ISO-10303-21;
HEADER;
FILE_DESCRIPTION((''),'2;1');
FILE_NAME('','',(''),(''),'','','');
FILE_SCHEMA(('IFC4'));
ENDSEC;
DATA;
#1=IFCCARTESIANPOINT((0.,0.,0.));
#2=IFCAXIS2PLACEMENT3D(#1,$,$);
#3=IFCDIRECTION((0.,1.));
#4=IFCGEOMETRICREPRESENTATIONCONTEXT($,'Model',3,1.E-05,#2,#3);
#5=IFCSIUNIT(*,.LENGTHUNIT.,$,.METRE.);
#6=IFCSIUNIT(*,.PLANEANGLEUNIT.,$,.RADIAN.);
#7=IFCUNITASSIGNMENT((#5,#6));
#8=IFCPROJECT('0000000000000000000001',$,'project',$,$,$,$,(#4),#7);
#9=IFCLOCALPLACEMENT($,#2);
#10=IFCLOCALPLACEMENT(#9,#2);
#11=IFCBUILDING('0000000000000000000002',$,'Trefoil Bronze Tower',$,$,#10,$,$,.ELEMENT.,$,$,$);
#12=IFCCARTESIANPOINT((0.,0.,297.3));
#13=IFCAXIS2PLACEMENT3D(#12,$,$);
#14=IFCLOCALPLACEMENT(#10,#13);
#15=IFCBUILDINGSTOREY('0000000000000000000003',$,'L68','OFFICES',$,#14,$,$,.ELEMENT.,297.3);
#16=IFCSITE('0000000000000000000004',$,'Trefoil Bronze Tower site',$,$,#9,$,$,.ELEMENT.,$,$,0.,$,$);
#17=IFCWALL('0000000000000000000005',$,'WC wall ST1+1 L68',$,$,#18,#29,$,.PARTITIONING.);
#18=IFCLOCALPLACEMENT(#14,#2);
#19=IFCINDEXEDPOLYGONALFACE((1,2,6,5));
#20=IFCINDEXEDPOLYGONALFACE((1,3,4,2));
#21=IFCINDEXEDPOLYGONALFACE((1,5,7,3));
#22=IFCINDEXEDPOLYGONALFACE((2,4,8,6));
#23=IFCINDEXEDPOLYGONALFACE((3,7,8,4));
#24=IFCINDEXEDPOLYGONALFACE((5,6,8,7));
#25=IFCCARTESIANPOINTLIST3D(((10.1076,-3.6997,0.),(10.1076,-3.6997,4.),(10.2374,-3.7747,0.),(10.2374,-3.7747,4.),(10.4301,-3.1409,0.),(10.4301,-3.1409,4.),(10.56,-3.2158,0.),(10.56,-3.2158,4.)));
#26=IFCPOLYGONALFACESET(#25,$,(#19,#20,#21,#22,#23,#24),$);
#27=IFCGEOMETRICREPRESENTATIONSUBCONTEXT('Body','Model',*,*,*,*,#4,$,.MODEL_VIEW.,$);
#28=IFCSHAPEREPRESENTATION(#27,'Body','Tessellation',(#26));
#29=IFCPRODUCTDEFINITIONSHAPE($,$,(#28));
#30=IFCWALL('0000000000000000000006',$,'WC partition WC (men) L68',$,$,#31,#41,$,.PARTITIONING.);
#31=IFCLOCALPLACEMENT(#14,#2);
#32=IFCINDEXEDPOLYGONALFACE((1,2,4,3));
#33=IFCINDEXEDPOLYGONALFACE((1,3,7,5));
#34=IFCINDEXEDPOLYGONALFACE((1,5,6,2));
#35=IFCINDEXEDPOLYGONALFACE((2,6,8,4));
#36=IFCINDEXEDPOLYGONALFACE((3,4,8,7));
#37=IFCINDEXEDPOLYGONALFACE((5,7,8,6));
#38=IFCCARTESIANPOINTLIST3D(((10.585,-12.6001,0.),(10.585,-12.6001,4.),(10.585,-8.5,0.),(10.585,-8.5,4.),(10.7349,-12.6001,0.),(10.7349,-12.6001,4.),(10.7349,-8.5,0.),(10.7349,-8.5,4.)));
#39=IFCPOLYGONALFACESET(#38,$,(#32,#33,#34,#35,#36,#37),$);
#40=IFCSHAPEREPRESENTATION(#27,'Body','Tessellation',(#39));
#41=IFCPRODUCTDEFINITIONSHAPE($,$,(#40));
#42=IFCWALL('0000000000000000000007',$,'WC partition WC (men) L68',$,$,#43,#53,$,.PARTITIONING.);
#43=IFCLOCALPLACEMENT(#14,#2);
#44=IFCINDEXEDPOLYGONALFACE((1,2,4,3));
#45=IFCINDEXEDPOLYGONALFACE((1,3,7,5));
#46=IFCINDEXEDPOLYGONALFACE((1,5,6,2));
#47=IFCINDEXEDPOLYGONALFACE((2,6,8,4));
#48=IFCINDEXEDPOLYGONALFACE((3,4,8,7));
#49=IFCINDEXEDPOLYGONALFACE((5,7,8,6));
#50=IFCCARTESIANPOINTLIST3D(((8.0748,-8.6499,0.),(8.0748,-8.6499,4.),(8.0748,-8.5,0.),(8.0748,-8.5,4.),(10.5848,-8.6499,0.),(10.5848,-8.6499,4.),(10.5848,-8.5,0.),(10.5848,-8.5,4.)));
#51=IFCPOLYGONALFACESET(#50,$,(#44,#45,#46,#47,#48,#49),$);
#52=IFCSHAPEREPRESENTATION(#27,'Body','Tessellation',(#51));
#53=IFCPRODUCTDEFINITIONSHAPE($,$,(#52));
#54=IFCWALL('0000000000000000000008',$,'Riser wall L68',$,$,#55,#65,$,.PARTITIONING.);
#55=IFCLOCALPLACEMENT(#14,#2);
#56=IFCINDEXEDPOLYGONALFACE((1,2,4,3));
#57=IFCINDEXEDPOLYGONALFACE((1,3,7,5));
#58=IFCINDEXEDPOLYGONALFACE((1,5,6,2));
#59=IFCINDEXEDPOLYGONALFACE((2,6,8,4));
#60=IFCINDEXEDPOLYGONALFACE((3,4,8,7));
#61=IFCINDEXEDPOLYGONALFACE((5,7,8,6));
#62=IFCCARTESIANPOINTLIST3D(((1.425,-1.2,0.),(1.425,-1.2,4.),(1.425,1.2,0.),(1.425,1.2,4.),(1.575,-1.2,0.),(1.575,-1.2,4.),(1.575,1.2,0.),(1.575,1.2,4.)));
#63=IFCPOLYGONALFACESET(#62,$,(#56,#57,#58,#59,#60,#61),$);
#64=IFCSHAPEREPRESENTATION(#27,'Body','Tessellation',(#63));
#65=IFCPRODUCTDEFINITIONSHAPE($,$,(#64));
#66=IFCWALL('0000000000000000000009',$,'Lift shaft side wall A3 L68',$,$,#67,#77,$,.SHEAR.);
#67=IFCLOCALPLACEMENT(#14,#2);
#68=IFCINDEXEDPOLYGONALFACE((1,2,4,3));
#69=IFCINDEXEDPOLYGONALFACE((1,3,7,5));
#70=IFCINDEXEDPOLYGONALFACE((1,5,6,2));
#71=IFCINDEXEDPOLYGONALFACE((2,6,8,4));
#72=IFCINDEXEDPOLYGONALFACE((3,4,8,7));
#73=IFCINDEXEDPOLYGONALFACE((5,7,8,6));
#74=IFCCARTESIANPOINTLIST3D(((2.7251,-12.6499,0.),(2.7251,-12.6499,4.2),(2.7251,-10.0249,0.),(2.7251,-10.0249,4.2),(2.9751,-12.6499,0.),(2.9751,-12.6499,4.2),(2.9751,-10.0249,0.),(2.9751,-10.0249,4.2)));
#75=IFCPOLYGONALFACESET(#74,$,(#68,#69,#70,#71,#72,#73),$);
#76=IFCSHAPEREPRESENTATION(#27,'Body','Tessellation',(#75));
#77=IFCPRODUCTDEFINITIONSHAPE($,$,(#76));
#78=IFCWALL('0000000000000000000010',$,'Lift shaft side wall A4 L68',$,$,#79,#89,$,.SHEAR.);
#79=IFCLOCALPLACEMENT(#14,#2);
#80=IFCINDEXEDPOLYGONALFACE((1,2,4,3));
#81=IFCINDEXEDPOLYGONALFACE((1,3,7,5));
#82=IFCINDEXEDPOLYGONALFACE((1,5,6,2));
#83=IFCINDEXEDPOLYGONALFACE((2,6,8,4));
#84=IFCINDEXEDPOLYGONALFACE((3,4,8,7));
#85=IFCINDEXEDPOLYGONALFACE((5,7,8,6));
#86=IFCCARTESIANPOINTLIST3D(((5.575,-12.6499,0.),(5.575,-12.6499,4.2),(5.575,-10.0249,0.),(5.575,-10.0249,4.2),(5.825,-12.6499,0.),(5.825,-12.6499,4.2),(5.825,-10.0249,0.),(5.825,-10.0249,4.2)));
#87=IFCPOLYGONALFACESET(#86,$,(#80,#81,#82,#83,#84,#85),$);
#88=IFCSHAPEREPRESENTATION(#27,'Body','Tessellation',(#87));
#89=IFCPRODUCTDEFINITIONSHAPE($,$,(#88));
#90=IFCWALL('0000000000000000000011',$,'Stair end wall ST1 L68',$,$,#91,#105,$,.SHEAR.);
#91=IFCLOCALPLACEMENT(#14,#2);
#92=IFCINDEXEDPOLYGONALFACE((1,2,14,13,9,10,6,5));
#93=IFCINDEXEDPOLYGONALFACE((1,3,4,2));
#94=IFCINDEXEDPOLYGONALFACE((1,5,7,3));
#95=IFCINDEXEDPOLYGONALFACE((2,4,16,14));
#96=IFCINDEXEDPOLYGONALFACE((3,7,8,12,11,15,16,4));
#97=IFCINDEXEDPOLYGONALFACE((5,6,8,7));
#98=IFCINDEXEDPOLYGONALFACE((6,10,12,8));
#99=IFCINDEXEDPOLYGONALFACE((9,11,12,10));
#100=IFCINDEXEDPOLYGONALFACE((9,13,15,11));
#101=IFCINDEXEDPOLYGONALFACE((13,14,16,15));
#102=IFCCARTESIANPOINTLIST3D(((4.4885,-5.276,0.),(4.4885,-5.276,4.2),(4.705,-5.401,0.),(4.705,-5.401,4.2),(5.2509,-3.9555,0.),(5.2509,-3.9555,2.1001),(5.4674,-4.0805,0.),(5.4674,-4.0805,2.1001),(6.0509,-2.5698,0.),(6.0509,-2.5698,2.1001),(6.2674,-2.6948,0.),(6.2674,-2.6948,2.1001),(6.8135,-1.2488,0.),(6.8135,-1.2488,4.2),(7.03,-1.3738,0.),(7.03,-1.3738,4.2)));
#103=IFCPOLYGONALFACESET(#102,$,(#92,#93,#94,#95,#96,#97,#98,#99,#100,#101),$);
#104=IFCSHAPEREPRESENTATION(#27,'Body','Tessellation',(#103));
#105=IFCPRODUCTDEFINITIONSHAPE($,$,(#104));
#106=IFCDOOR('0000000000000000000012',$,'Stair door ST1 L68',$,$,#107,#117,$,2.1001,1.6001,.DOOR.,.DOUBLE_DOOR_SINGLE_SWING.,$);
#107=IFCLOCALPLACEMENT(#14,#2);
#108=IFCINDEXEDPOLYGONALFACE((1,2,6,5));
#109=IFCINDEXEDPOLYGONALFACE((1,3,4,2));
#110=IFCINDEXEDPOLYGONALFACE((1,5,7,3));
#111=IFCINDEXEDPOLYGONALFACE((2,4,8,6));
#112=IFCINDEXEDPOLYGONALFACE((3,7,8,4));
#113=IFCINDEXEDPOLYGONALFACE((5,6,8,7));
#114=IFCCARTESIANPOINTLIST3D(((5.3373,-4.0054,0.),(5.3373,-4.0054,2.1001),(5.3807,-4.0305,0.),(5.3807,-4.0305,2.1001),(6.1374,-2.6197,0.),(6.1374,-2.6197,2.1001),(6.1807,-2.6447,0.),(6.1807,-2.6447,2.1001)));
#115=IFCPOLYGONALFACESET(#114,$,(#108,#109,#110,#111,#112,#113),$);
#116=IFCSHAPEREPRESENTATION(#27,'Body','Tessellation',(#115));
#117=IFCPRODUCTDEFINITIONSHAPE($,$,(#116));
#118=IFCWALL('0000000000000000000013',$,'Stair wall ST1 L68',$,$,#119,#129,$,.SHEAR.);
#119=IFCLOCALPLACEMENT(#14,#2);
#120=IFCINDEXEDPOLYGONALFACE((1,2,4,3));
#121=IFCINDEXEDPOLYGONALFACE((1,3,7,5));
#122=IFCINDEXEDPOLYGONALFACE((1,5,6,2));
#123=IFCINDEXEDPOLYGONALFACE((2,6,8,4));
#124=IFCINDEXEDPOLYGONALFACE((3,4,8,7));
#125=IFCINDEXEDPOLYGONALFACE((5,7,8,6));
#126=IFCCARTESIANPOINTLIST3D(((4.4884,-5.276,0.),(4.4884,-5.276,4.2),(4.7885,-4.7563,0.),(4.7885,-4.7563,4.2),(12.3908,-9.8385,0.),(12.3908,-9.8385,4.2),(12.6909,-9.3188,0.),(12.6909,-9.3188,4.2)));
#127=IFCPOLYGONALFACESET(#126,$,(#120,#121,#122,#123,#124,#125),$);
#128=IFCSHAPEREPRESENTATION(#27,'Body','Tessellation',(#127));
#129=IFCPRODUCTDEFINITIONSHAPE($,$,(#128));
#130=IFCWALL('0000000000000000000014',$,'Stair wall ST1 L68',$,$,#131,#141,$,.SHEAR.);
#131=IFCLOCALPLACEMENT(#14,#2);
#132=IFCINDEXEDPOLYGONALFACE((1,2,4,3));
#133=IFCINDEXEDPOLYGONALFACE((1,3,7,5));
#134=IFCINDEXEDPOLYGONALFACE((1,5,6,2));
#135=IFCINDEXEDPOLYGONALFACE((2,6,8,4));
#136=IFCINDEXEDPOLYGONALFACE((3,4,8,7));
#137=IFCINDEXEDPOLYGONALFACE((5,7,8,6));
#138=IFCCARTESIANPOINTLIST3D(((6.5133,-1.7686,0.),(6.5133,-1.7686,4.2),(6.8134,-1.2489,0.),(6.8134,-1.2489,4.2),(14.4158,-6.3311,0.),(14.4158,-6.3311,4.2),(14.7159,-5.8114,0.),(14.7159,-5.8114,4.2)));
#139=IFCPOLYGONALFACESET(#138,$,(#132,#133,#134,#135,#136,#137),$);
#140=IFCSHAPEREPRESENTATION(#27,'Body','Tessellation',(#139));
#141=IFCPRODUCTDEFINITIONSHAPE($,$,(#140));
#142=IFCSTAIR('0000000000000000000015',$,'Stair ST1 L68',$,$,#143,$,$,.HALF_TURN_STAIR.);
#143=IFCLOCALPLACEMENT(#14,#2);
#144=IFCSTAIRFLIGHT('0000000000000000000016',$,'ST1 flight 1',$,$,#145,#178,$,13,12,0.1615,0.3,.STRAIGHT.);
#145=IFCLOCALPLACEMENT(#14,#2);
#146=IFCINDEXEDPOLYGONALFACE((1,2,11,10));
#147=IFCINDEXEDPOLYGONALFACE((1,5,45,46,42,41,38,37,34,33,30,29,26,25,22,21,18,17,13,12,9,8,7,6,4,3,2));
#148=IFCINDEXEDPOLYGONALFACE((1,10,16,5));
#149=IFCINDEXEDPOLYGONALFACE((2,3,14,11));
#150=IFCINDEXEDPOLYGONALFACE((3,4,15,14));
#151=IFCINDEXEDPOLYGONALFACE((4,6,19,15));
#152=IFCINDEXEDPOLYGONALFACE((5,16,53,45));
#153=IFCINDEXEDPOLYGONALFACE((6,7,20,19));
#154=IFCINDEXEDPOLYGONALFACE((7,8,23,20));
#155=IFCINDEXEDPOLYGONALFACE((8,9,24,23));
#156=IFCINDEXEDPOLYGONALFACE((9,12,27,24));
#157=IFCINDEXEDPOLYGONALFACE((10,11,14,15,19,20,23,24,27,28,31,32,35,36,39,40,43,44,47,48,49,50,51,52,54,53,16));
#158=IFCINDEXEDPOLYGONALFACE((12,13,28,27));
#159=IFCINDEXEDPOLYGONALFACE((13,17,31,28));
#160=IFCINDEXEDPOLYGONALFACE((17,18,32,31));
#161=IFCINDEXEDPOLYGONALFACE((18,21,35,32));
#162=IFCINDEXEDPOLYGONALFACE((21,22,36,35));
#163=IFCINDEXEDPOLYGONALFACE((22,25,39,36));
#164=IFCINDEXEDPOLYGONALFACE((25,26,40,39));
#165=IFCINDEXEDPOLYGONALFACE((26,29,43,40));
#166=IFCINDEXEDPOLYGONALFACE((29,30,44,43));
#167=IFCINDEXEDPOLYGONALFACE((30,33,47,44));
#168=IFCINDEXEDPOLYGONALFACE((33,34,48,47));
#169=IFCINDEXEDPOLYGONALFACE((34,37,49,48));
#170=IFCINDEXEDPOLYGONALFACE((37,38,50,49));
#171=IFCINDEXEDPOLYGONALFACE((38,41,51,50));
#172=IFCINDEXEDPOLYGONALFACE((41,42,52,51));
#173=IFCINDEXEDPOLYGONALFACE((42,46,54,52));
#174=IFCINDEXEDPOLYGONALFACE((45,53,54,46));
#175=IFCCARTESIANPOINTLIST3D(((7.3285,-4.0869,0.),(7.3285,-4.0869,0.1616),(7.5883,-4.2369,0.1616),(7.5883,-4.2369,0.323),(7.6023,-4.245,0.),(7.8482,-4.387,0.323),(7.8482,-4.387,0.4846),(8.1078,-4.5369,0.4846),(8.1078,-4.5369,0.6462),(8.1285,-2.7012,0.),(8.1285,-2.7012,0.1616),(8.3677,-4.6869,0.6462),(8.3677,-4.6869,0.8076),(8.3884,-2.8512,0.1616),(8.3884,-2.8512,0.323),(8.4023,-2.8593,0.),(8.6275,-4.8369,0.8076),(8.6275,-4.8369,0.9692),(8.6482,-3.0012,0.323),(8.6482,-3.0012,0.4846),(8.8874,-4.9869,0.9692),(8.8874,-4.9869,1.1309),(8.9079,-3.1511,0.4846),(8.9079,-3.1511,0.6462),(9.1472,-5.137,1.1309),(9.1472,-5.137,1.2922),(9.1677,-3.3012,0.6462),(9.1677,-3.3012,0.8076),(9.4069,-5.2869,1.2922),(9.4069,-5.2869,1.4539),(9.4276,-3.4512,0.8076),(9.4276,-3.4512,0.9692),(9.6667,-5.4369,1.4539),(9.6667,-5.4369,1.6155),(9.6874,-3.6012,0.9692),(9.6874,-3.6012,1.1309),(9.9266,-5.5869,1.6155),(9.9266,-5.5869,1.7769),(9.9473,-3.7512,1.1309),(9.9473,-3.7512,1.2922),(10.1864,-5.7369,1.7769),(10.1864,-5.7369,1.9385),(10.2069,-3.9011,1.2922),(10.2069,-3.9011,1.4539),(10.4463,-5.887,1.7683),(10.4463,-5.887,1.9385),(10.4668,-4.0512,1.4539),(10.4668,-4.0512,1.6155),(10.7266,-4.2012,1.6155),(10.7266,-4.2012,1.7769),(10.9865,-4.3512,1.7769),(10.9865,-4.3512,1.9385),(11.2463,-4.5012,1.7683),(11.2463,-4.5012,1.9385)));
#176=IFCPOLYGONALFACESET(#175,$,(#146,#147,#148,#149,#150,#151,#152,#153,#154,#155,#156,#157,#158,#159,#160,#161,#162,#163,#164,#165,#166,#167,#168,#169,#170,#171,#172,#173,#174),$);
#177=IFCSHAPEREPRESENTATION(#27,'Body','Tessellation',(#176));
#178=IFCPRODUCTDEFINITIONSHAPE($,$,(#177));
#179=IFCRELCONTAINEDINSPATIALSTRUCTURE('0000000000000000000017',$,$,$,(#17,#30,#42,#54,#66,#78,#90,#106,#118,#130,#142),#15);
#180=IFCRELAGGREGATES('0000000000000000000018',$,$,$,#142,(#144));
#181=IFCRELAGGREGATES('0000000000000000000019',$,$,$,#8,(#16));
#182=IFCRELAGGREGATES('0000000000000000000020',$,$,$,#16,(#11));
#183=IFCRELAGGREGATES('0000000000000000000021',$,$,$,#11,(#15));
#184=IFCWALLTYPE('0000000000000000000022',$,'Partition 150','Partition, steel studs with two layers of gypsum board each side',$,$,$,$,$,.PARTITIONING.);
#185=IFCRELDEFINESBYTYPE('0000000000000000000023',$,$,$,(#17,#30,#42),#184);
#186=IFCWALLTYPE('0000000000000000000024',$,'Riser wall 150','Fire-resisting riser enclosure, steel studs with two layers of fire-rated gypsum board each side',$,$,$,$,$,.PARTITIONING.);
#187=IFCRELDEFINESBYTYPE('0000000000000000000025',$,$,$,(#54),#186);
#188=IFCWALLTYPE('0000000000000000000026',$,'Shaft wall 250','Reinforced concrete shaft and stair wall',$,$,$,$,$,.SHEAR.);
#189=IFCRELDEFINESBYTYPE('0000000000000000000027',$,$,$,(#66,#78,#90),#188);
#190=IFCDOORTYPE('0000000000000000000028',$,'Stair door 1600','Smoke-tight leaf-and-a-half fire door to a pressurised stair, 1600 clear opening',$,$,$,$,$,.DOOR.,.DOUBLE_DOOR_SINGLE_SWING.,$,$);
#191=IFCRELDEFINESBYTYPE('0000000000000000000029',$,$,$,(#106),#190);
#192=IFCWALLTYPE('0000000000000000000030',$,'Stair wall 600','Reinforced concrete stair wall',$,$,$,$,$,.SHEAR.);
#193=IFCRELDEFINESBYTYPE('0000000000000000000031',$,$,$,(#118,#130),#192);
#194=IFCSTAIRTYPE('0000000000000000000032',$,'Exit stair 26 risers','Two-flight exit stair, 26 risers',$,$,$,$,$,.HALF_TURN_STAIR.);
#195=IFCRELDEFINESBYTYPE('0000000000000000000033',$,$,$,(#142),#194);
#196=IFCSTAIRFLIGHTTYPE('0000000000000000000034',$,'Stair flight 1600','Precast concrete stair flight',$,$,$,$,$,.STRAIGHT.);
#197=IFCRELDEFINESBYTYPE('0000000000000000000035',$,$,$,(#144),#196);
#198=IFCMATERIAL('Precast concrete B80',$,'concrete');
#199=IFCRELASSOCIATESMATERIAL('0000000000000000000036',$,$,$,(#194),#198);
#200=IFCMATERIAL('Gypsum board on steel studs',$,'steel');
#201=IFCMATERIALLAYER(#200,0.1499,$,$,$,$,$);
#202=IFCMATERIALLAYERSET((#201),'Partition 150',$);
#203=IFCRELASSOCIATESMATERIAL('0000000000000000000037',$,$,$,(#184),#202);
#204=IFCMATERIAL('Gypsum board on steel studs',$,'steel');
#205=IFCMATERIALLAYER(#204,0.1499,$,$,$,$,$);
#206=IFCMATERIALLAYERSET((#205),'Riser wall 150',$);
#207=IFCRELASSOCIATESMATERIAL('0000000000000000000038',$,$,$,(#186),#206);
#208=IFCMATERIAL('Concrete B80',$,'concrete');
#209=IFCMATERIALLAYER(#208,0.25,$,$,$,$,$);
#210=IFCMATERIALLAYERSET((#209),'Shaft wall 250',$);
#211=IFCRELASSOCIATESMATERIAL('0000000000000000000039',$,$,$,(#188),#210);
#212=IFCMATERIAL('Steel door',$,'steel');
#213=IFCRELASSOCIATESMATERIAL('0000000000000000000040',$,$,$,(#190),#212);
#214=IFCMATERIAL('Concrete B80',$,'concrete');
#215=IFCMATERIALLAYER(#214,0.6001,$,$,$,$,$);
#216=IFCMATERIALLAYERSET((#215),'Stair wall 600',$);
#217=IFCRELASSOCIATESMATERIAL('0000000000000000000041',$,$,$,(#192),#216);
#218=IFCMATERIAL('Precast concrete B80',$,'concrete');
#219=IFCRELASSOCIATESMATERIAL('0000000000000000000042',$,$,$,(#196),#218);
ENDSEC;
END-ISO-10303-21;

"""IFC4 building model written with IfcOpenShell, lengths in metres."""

from ifc_helpers import new_model, si_unit, direction, frame, frame_2d, origin, place, context, subcontext, project, spatial, polyline, rectangle, outline, extrude, material, layer, layer_set, type_object, element, fill, aggregate, save


model = new_model("IFC4")

# Units and contexts
model_context = context("Model", 3, precision=1e-05, world=origin(), true_north=direction((0.0, 1.0)))
body_context = subcontext(model_context, "Body", "Model", "MODEL_VIEW")
ifc_project = project(units=[si_unit("LENGTHUNIT", "METRE"), si_unit("PLANEANGLEUNIT", "RADIAN")], contexts=[model_context])

# Site, building, storey
site_placement = place(None, origin())
site = spatial("IfcSite", under=ifc_project, at=site_placement, Name="Trefoil Bronze Tower site", CompositionType="ELEMENT", RefElevation=0.0)
building_placement = place(site_placement, origin())
building = spatial("IfcBuilding", under=site, at=building_placement, Name="Trefoil Bronze Tower", CompositionType="ELEMENT")
storey_placement = place(building_placement, frame((0.0, 0.0, 297.3)))
storey = spatial("IfcBuildingStorey", under=building, at=storey_placement, Name="L68", Description="OFFICES", CompositionType="ELEMENT", Elevation=297.3)

# Shared definitions
ifc_material_1 = material(Name="Precast concrete B80", Category="concrete")
stair_type = type_object("IfcStairType", Name="Exit stair 26 risers", Description="Two-flight exit stair, 26 risers", PredefinedType="HALF_TURN_STAIR", material=ifc_material_1)

# Shared definitions
ifc_material_2 = material(Name="Gypsum board on steel studs", Category="steel")
ifc_layer_1 = layer(ifc_material_2, 0.1499)
ifc_layer_set_1 = layer_set([ifc_layer_1], Name="Partition 150")
wall_type_1 = type_object("IfcWallType", Name="Partition 150", Description="Partition, steel studs with two layers of gypsum board each side", PredefinedType="PARTITIONING", material=ifc_layer_set_1)

# Walls
for number, where, z_axis, x_axis, name in (
    (1, (10.4951, -3.1782, 0.0), (0.0, 0.0, 1.0), (-0.499843, -0.866116, 0.0), "WC wall ST1+1 L68"),
):
    element("IfcWall", number, at=place(storey_placement, frame(where, z_axis=z_axis, x_axis=x_axis)), inside=storey, type_object=wall_type_1, Name=name, PredefinedType="PARTITIONING", context=body_context, shape_type="SweptSolid", body=[
        extrude(rectangle(XDim=0.6453, YDim=0.1499, at=frame_2d((0.3228, 0.0))), origin(), (0.0, 0.0, 1.0), 4.0),
    ])
wall_1_placement = place(storey_placement, frame((10.6599, -8.5, 0.0), z_axis=(0.0, 0.0, 1.0), x_axis=(0.0, -1.0, 0.0)))
element("IfcWall", 2, at=wall_1_placement, inside=storey, type_object=wall_type_1, Name="WC partition WC (men) L68", PredefinedType="PARTITIONING", context=body_context, shape_type="SweptSolid", body=[
    extrude(rectangle(XDim=4.1001, YDim=0.1499, at=frame_2d((2.05, 0.0))), origin(), (0.0, 0.0, 1.0), 4.0),
])
wall_2_placement = place(storey_placement, frame((8.075, -8.575, 0.0), z_axis=(0.0, 0.0, 1.0), x_axis=(1.0, 0.0, 0.0)))
element("IfcWall", 3, at=wall_2_placement, inside=storey, type_object=wall_type_1, Name="WC partition WC (men) L68", PredefinedType="PARTITIONING", context=body_context, shape_type="SweptSolid", body=[
    extrude(rectangle(XDim=2.51, YDim=0.1499, at=frame_2d((1.2549, 0.0))), origin(), (0.0, 0.0, 1.0), 4.0),
])
ifc_material_3 = material(Name="Gypsum board on steel studs", Category="steel")
ifc_layer_2 = layer(ifc_material_3, 0.1499)
ifc_layer_set_2 = layer_set([ifc_layer_2], Name="Riser wall 150")
wall_type_2 = type_object("IfcWallType", Name="Riser wall 150", Description="Fire-resisting riser enclosure, steel studs with two layers of fire-rated gypsum board each side", PredefinedType="PARTITIONING", material=ifc_layer_set_2)
wall_3_placement = place(storey_placement, frame((1.5, -1.2, 0.0), z_axis=(0.0, 0.0, 1.0), x_axis=(0.0, 1.0, 0.0)))
element("IfcWall", 4, at=wall_3_placement, inside=storey, type_object=wall_type_2, Name="Riser wall L68", PredefinedType="PARTITIONING", context=body_context, shape_type="SweptSolid", body=[
    extrude(rectangle(XDim=2.3999, YDim=0.1499, at=frame_2d((1.2, 0.0))), origin(), (0.0, 0.0, 1.0), 4.0),
])
ifc_material_4 = material(Name="Concrete B80", Category="concrete")
ifc_layer_3 = layer(ifc_material_4, 0.25)
ifc_layer_set_3 = layer_set([ifc_layer_3], Name="Shaft wall 250")
wall_type_3 = type_object("IfcWallType", Name="Shaft wall 250", Description="Reinforced concrete shaft and stair wall", PredefinedType="SHEAR", material=ifc_layer_set_3)
for number, where, z_axis, x_axis, name in (
    (5, (2.8501, -10.0249, 0.0), (0.0, 0.0, 1.0), (0.0, -1.0, 0.0), "Lift shaft side wall A3 L68"),
    (6, (5.7, -10.0249, 0.0), (0.0, 0.0, 1.0), (0.0, -1.0, 0.0), "Lift shaft side wall A4 L68"),
):
    element("IfcWall", number, at=place(storey_placement, frame(where, z_axis=z_axis, x_axis=x_axis)), inside=storey, type_object=wall_type_3, Name=name, PredefinedType="SHEAR", context=body_context, shape_type="SweptSolid", body=[
        extrude(rectangle(XDim=2.625, YDim=0.25, at=frame_2d((1.3125, 0.0))), origin(), (0.0, 0.0, 1.0), 4.2),
    ])

# Wall, opening, door
wall_4_placement = place(storey_placement, frame((4.5967, -5.3386, 0.0), z_axis=(0.0, 0.0, 1.0), x_axis=(0.499985, 0.866034, 0.0)))
wall_4 = element("IfcWall", 7, at=wall_4_placement, inside=storey, type_object=wall_type_3, Name="Stair end wall ST1 L68", PredefinedType="SHEAR", context=body_context, shape_type="SweptSolid", body=[
    extrude(rectangle(XDim=4.6501, YDim=0.25, at=frame_2d((2.3252, 0.0))), origin(), (0.0, 0.0, 1.0), 4.2),
])
opening_1_placement = place(wall_4_placement, frame((1.5249, 0.0, 0.0)))
opening_1 = element("IfcOpeningElement", 8, at=opening_1_placement, cuts=wall_4, PredefinedType="OPENING", context=body_context, shape_type="SweptSolid", body=[
    extrude(rectangle(XDim=1.6001, YDim=2.1001, at=frame_2d((0.8, 1.05))), frame((0.0, 0.135, 0.0), z_axis=(0.0, -1.0, 0.0), x_axis=(1.0, 0.0, 0.0)), (0.0, 0.0, 1.0), 0.27),
])
ifc_material_5 = material(Name="Steel door", Category="steel")
door_type_1 = type_object("IfcDoorType", Name="Stair door 1600", Description="Smoke-tight leaf-and-a-half fire door to a pressurised stair, 1600 clear opening", OperationType="DOUBLE_DOOR_SINGLE_SWING", PredefinedType="DOOR", material=ifc_material_5)
door_1_placement = place(opening_1_placement, frame((1.6001, 0.0, 0.0), z_axis=(0.0, 0.0, 1.0), x_axis=(-1.0, 0.0, 0.0)))
door_1 = element("IfcDoor", 9, at=door_1_placement, inside=storey, type_object=door_type_1, Name="Stair door ST1 L68", OperationType="DOUBLE_DOOR_SINGLE_SWING", OverallHeight=2.1001, OverallWidth=1.6001, PredefinedType="DOOR", context=body_context, shape_type="SweptSolid", body=[
    extrude(rectangle(XDim=1.6001, YDim=2.1001, at=frame_2d((0.8, 1.05))), frame((0.0, 0.0249, 0.0), z_axis=(0.0, -1.0, 0.0), x_axis=(1.0, 0.0, 0.0)), (0.0, 0.0, 1.0), 0.05),
])
fill(opening_1, door_1)

# Walls
ifc_material_6 = material(Name="Concrete B80", Category="concrete")
ifc_layer_4 = layer(ifc_material_6, 0.6001)
ifc_layer_set_4 = layer_set([ifc_layer_4], Name="Stair wall 600")
wall_type_4 = type_object("IfcWallType", Name="Stair wall 600", Description="Reinforced concrete stair wall", PredefinedType="SHEAR", material=ifc_layer_set_4)
for number, where, z_axis, x_axis, name in (
    (10, (4.6384, -5.0161, 0.0), (0.0, 0.0, 1.0), (0.866022, -0.500007, 0.0), "Stair wall ST1 L68"),
    (11, (6.6633, -1.5088, 0.0), (0.0, 0.0, 1.0), (0.866028, -0.499995, 0.0), "Stair wall ST1 L68"),
):
    element("IfcWall", number, at=place(storey_placement, frame(where, z_axis=z_axis, x_axis=x_axis)), inside=storey, type_object=wall_type_4, Name=name, PredefinedType="SHEAR", context=body_context, shape_type="SweptSolid", body=[
        extrude(rectangle(XDim=9.125, YDim=0.6001, at=frame_2d((4.5625, 0.0))), origin(), (0.0, 0.0, 1.0), 4.2),
    ])

# Stair, stair flight
stair_1_placement = place(storey_placement, origin())
stair_1 = element("IfcStair", 12, at=stair_1_placement, inside=storey, type_object=stair_type, Name="Stair ST1 L68", PredefinedType="HALF_TURN_STAIR")
ifc_material_7 = material(Name="Precast concrete B80", Category="concrete")
stair_flight_type = type_object("IfcStairFlightType", Name="Stair flight 1600", Description="Precast concrete stair flight", PredefinedType="STRAIGHT", material=ifc_material_7)
stair_flight_1_placement = place(storey_placement, frame((7.7285, -3.394, 0.0), z_axis=(0.0, 0.0, 1.0), x_axis=(0.866025, -0.5, 0.0)))
stair_flight_1 = element("IfcStairFlight", 13, at=stair_flight_1_placement, type_object=stair_flight_type, Name="ST1 flight 1", NumberOfRisers=13, NumberOfTreads=12, PredefinedType="STRAIGHT", RiserHeight=0.1615, TreadLength=0.3, context=body_context, shape_type="SweptSolid", body=[
    extrude(outline(polyline([(0.0, 0.0), (0.0, 0.1616), (0.3, 0.1616), (0.3, 0.323), (0.6001, 0.323), (0.6001, 0.4846), (0.8999, 0.4846), (0.8999, 0.6462), (1.2, 0.6462), (1.2, 0.8076), (1.5, 0.8076), (1.5, 0.9692), (1.8, 0.9692), (1.8, 1.1309), (2.1001, 1.1309), (2.1001, 1.2922), (2.3999, 1.2922), (2.3999, 1.4539), (2.7, 1.4539), (2.7, 1.6155), (3.0, 1.6155), (3.0, 1.7769), (3.3, 1.7769), (3.3, 1.9385), (3.6001, 1.9385), (3.6001, 2.1001), (3.6001, 1.7683), (0.3162, 0.0), (0.0, 0.0)])), frame((0.0, 0.8, 0.0), z_axis=(0.0, -1.0, 0.0), x_axis=(1.0, 0.0, 0.0)), (0.0, 0.0, 1.0), 1.6001),
])
aggregate(stair_1, [stair_flight_1])

save(model, "model.ifc")
